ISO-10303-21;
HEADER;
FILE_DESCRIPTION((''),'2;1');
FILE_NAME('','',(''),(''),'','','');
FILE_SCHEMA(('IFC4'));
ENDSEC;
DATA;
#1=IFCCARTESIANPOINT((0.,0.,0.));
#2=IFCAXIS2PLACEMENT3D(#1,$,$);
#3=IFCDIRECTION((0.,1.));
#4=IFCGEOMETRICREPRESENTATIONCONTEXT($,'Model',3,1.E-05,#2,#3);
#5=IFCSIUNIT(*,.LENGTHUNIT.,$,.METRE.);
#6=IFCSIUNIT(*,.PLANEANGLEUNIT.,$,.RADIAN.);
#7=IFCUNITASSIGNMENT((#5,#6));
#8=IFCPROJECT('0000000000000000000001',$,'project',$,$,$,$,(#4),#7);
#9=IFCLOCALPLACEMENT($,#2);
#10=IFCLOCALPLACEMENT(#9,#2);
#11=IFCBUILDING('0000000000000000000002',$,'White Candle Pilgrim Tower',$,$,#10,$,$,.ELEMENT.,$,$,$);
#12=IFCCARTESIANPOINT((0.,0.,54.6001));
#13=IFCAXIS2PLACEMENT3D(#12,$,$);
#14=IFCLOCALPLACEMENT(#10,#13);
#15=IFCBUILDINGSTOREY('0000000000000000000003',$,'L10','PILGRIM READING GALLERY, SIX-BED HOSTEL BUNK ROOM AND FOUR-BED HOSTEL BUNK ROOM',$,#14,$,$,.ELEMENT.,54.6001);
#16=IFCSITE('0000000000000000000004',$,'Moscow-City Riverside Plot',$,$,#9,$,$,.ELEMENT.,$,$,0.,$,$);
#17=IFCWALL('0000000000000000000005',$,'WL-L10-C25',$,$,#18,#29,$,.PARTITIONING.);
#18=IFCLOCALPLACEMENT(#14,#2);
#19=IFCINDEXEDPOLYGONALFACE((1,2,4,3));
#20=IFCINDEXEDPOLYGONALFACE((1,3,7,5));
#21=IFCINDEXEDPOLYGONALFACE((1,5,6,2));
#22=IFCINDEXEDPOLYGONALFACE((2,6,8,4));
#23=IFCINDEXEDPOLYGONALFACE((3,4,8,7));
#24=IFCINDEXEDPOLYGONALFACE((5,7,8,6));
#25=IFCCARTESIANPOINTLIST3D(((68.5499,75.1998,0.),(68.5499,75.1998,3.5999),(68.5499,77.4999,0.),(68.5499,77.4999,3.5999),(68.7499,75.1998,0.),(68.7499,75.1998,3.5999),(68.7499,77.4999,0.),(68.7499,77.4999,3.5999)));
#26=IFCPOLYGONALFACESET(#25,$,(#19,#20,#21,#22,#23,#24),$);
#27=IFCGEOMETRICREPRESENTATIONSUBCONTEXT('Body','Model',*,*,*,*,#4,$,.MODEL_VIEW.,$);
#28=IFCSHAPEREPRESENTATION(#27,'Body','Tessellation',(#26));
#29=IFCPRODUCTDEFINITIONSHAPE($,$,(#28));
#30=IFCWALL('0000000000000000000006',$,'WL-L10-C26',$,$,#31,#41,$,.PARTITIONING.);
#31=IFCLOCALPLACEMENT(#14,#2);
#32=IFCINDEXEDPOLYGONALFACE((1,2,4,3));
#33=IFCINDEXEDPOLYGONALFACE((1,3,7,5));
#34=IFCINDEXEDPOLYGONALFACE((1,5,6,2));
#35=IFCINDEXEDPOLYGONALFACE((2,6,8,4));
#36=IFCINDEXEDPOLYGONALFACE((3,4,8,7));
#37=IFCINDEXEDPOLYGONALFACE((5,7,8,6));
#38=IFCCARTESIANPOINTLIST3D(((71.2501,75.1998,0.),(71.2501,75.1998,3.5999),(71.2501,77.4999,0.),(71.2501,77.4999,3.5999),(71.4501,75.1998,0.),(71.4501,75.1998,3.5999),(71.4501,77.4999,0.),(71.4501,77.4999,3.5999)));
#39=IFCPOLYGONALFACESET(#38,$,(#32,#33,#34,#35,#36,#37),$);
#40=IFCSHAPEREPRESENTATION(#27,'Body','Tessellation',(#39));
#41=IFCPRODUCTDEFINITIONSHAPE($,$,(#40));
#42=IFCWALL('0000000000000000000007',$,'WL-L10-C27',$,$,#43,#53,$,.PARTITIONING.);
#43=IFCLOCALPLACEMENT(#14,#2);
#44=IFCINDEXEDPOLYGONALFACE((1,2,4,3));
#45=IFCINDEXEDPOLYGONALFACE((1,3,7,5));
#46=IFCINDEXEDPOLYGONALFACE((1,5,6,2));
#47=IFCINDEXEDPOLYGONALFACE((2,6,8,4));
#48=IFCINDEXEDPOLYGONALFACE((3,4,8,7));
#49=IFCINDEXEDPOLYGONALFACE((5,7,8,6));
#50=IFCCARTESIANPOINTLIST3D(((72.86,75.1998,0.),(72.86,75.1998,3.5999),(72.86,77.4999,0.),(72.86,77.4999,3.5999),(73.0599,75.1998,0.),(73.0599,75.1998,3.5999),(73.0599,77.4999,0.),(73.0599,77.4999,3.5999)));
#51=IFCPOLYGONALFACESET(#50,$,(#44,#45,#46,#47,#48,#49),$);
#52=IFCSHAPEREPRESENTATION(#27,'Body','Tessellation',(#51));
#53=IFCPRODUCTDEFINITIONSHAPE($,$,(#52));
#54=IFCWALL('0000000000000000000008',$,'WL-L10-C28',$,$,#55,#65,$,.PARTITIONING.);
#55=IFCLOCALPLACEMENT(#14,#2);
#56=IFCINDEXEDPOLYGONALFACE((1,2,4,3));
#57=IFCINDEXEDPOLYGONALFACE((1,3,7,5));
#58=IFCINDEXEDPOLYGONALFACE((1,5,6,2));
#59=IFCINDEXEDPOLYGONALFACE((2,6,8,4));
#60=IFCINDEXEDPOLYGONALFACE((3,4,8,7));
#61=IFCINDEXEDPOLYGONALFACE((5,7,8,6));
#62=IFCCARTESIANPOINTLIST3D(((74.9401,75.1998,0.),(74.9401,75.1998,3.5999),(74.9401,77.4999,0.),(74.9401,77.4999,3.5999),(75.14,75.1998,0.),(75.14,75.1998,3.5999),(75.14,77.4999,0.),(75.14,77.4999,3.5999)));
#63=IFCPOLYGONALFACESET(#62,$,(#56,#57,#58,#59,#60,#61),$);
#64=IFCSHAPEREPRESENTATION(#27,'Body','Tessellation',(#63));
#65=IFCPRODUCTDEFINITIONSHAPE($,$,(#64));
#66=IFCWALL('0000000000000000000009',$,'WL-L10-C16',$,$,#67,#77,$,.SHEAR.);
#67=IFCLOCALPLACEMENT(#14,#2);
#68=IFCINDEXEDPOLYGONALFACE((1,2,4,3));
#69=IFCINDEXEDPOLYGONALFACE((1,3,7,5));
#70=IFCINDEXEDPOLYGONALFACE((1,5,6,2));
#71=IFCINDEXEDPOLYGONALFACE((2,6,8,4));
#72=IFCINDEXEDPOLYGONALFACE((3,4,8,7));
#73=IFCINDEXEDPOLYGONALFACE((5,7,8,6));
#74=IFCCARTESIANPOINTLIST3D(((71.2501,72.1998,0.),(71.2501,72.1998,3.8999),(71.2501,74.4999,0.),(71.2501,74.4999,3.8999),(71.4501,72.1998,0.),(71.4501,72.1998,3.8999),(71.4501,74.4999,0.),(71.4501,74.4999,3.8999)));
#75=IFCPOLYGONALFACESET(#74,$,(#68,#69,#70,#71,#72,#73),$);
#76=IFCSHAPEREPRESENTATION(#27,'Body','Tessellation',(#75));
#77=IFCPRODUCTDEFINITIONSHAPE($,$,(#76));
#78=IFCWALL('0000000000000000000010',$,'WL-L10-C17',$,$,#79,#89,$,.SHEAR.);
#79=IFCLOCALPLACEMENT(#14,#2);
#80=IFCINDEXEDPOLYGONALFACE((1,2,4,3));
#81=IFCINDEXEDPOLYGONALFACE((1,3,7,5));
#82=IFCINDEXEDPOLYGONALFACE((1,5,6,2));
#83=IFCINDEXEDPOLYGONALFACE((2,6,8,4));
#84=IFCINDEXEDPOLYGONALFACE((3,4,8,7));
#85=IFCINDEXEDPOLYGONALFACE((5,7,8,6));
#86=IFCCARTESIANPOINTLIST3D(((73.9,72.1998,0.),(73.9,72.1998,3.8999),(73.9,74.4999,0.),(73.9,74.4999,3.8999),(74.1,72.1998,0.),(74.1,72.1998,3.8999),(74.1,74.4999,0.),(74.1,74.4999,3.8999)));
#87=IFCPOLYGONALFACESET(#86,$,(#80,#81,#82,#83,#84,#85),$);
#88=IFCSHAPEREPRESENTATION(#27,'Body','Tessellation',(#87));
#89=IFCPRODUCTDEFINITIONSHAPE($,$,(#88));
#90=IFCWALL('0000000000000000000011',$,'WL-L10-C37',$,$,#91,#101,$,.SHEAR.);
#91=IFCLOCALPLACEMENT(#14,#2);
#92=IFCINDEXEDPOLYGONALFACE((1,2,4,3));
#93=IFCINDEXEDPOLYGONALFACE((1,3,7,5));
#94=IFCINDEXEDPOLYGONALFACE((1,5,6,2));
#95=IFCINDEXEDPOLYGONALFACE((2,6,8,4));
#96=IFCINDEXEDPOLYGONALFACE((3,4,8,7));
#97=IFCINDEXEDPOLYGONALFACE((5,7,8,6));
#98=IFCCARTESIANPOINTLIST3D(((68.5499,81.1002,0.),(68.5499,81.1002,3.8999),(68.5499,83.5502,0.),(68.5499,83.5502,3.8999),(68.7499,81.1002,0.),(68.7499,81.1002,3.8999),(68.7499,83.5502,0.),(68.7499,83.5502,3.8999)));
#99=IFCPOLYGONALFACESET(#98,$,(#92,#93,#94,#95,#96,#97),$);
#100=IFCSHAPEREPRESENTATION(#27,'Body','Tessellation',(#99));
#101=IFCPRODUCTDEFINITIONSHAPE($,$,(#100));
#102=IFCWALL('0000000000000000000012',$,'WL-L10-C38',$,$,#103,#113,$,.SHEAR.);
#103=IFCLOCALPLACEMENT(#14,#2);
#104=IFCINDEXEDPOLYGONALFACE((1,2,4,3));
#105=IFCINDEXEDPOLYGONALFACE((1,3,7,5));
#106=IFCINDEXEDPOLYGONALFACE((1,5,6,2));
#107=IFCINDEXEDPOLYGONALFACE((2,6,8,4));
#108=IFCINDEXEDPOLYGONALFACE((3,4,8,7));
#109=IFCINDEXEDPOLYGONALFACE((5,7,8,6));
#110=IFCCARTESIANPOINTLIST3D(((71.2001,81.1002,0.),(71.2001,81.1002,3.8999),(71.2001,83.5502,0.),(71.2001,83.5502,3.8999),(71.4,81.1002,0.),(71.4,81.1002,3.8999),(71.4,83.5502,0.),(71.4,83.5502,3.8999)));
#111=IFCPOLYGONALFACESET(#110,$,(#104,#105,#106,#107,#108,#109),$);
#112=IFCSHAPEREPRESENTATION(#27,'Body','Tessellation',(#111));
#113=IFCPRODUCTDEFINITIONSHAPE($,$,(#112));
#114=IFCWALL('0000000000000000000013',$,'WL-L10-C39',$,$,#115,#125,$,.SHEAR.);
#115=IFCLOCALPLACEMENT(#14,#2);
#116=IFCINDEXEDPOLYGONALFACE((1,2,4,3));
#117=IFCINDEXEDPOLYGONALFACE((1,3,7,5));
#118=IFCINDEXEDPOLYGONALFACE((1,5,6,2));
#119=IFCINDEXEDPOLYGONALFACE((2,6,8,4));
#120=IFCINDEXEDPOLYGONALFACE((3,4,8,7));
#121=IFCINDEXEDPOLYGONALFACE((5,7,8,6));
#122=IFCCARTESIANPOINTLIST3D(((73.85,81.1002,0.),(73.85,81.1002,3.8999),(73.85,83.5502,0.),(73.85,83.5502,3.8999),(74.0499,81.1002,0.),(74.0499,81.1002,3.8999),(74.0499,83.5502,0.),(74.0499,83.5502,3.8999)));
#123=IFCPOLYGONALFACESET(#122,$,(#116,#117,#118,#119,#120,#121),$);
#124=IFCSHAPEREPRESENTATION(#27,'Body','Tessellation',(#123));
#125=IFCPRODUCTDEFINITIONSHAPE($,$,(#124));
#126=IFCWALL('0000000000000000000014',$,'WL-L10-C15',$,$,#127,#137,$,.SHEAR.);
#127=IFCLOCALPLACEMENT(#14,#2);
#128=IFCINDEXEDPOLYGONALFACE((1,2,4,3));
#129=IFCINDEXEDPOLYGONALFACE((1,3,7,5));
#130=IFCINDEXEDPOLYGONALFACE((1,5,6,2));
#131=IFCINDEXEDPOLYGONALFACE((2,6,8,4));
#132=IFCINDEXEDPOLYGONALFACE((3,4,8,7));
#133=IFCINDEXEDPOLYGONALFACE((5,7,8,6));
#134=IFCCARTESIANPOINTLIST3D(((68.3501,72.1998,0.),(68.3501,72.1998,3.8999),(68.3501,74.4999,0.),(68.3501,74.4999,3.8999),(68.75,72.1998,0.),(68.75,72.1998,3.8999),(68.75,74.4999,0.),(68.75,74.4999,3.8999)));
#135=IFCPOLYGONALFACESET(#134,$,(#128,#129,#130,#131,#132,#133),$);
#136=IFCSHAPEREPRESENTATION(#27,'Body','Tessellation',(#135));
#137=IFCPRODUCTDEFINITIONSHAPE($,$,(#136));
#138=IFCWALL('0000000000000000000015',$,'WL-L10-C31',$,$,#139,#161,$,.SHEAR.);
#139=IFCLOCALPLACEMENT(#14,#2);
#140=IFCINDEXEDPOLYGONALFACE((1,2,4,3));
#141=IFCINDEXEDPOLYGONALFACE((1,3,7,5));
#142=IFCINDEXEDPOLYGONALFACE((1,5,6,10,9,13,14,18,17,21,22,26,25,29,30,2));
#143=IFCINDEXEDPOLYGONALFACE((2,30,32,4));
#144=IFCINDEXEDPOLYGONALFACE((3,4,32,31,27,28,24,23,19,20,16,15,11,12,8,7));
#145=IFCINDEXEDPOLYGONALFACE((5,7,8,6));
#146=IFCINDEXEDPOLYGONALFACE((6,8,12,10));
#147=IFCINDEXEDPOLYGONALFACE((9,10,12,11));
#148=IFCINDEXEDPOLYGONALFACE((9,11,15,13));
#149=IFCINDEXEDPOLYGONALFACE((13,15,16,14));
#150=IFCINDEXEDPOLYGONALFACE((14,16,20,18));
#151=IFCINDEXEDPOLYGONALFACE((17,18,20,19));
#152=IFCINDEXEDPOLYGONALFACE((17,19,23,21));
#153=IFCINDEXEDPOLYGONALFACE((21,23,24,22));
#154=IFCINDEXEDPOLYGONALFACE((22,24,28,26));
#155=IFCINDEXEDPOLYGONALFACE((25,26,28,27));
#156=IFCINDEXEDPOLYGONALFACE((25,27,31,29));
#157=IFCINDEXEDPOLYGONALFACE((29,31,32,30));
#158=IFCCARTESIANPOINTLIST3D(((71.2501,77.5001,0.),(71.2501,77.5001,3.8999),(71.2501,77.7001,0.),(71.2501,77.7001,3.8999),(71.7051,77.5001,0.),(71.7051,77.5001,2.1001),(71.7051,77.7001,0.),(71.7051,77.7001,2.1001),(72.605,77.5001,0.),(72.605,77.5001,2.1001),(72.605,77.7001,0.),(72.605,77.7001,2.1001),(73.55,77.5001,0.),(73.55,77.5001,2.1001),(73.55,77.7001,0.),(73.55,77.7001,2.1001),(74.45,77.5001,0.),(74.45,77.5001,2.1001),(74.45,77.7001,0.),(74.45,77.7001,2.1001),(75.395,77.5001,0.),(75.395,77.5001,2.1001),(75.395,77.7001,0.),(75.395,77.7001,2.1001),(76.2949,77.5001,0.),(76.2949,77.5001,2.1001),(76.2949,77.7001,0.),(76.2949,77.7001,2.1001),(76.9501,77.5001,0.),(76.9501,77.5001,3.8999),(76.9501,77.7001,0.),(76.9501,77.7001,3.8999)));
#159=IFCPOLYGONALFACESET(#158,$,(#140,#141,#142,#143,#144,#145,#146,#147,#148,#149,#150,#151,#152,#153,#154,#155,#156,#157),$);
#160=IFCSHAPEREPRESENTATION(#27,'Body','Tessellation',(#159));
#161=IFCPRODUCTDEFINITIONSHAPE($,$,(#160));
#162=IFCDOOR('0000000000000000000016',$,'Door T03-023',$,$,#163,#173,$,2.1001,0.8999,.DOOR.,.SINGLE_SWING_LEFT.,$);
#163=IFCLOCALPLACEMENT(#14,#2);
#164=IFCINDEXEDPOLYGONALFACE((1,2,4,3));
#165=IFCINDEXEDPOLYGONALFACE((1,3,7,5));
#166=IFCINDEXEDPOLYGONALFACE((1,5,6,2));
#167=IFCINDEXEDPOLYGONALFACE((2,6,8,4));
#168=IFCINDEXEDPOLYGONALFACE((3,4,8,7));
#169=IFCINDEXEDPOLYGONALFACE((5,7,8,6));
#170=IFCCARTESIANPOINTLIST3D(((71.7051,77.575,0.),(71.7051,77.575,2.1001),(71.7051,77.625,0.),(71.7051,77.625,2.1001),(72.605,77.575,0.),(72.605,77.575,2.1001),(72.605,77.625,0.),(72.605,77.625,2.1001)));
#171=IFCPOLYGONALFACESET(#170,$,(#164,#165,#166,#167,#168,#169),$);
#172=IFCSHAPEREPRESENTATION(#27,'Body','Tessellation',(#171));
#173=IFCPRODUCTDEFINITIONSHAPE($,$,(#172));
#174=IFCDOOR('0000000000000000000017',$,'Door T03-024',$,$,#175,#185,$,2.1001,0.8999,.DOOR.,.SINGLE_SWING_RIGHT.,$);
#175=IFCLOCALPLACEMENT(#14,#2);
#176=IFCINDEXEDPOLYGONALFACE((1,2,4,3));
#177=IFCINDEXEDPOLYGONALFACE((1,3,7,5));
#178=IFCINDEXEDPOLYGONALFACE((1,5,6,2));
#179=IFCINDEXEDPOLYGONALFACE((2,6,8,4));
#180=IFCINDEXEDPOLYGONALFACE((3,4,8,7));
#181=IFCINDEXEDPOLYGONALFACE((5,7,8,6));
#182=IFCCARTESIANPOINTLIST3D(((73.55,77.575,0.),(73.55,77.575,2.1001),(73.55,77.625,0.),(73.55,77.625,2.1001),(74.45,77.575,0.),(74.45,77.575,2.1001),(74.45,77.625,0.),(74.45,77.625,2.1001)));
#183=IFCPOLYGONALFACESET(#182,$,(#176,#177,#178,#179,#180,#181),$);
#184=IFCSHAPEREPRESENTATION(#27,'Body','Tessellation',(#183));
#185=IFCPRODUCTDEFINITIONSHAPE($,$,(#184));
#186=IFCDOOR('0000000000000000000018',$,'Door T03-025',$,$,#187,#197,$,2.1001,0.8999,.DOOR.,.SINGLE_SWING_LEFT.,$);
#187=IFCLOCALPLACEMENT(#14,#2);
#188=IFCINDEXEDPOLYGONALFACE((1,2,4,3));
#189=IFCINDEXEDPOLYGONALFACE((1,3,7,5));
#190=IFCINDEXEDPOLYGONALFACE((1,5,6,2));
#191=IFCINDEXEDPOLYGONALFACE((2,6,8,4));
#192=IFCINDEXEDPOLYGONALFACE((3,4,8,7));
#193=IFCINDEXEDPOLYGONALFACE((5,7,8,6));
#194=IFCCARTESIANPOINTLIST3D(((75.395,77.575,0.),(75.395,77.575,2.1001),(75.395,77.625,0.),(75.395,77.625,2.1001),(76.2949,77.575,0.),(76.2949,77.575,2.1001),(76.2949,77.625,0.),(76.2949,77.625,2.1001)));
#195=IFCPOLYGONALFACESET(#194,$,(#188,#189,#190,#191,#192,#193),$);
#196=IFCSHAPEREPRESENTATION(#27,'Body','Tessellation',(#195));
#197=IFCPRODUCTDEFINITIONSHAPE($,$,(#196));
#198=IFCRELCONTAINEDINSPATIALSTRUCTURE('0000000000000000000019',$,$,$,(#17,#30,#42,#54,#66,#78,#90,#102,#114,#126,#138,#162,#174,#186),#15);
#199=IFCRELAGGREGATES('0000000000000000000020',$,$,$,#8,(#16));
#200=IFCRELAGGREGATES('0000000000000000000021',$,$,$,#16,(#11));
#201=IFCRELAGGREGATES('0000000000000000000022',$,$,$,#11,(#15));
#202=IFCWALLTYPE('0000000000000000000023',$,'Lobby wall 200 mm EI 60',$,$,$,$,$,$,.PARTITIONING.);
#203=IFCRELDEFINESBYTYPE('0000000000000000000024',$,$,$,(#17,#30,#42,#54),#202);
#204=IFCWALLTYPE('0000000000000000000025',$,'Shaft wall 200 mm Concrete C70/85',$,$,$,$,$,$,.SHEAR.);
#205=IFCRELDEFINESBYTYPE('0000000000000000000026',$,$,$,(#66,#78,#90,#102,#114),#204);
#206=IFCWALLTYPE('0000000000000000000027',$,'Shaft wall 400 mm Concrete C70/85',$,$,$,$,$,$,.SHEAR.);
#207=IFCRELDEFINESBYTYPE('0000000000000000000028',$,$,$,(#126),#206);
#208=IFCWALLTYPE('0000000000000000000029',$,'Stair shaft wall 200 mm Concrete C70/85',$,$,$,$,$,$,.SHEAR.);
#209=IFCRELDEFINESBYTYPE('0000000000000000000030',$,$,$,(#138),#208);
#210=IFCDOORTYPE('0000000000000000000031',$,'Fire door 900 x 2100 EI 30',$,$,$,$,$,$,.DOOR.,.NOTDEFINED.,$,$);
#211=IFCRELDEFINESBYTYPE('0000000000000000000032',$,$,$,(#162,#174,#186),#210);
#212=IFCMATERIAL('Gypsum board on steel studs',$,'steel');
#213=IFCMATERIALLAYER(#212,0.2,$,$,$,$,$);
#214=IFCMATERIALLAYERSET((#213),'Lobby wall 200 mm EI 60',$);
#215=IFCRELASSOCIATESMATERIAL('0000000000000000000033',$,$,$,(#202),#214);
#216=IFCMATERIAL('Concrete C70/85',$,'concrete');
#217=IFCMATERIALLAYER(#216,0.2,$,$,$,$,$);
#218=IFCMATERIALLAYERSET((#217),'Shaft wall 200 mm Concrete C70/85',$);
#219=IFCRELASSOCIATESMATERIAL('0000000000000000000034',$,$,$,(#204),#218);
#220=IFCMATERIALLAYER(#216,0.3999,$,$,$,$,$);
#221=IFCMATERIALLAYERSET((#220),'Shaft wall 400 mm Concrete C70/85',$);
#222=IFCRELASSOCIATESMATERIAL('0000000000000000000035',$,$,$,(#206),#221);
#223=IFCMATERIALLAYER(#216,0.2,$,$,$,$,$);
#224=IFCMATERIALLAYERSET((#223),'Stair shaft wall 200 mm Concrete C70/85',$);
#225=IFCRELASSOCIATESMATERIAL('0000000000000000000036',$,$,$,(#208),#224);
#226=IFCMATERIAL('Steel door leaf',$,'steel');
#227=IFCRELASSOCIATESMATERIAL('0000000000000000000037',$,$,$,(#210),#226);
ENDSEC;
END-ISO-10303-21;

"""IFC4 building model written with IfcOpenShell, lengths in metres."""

from ifc_helpers import new_model, si_unit, direction, frame, frame_2d, origin, place, context, subcontext, project, spatial, rectangle, extrude, material, layer, layer_set, type_object, element, fill, save


model = new_model("IFC4")

# Units and contexts
model_context = context("Model", 3, precision=1e-05, world=origin(), true_north=direction((0.0, 1.0)))
body_context = subcontext(model_context, "Body", "Model", "MODEL_VIEW")
ifc_project = project(units=[si_unit("LENGTHUNIT", "METRE"), si_unit("PLANEANGLEUNIT", "RADIAN")], contexts=[model_context])

# Site, building, storey
site_placement = place(None, origin())
site = spatial("IfcSite", under=ifc_project, at=site_placement, Name="Moscow-City Riverside Plot", CompositionType="ELEMENT", RefElevation=0.0)
building_placement = place(site_placement, origin())
building = spatial("IfcBuilding", under=site, at=building_placement, Name="White Candle Pilgrim Tower", CompositionType="ELEMENT")
storey_placement = place(building_placement, frame((0.0, 0.0, 54.6001)))
storey = spatial("IfcBuildingStorey", under=building, at=storey_placement, Name="L10", Description="PILGRIM READING GALLERY, SIX-BED HOSTEL BUNK ROOM AND FOUR-BED HOSTEL BUNK ROOM", CompositionType="ELEMENT", Elevation=54.6001)

# Walls
ifc_material_1 = material(Name="Gypsum board on steel studs", Category="steel")
ifc_layer_1 = layer(ifc_material_1, 0.2)
ifc_layer_set_1 = layer_set([ifc_layer_1], Name="Lobby wall 200 mm EI 60")
wall_type_1 = type_object("IfcWallType", Name="Lobby wall 200 mm EI 60", PredefinedType="PARTITIONING", material=ifc_layer_set_1)
for number, where, z_axis, x_axis, name in (
    (1, (68.6499, 75.2, 0.0), (0.0, 0.0, 1.0), (0.0, 1.0, 0.0), "WL-L10-C25"),
    (2, (71.3501, 75.2, 0.0), (0.0, 0.0, 1.0), (0.0, 1.0, 0.0), "WL-L10-C26"),
    (3, (72.96, 75.2, 0.0), (0.0, 0.0, 1.0), (0.0, 1.0, 0.0), "WL-L10-C27"),
    (4, (75.04, 75.2, 0.0), (0.0, 0.0, 1.0), (0.0, 1.0, 0.0), "WL-L10-C28"),
):
    element("IfcWall", number, at=place(storey_placement, frame(where, z_axis=z_axis, x_axis=x_axis)), inside=storey, type_object=wall_type_1, Name=name, PredefinedType="PARTITIONING", context=body_context, shape_type="SweptSolid", body=[
        extrude(rectangle(XDim=2.3, YDim=0.2, at=frame_2d((1.1499, 0.0))), origin(), (0.0, 0.0, 1.0), 3.5999),
    ])
ifc_material_2 = material(Name="Concrete C70/85", Category="concrete")
ifc_layer_2 = layer(ifc_material_2, 0.2)
ifc_layer_set_2 = layer_set([ifc_layer_2], Name="Shaft wall 200 mm Concrete C70/85")
wall_type_2 = type_object("IfcWallType", Name="Shaft wall 200 mm Concrete C70/85", PredefinedType="SHEAR", material=ifc_layer_set_2)
for number, where, z_axis, x_axis, name in (
    (5, (71.3501, 72.2, 0.0), (0.0, 0.0, 1.0), (0.0, 1.0, 0.0), "WL-L10-C16"),
    (6, (74.0, 72.2, 0.0), (0.0, 0.0, 1.0), (0.0, 1.0, 0.0), "WL-L10-C17"),
):
    element("IfcWall", number, at=place(storey_placement, frame(where, z_axis=z_axis, x_axis=x_axis)), inside=storey, type_object=wall_type_2, Name=name, PredefinedType="SHEAR", context=body_context, shape_type="SweptSolid", body=[
        extrude(rectangle(XDim=2.3, YDim=0.2, at=frame_2d((1.1499, 0.0))), origin(), (0.0, 0.0, 1.0), 3.8999),
    ])
for number, where, z_axis, x_axis, name in (
    (7, (68.6499, 81.1001, 0.0), (0.0, 0.0, 1.0), (0.0, 1.0, 0.0), "WL-L10-C37"),
    (8, (71.3, 81.1001, 0.0), (0.0, 0.0, 1.0), (0.0, 1.0, 0.0), "WL-L10-C38"),
    (9, (73.95, 81.1001, 0.0), (0.0, 0.0, 1.0), (0.0, 1.0, 0.0), "WL-L10-C39"),
):
    element("IfcWall", number, at=place(storey_placement, frame(where, z_axis=z_axis, x_axis=x_axis)), inside=storey, type_object=wall_type_2, Name=name, PredefinedType="SHEAR", context=body_context, shape_type="SweptSolid", body=[
        extrude(rectangle(XDim=2.45, YDim=0.2, at=frame_2d((1.2251, 0.0))), origin(), (0.0, 0.0, 1.0), 3.8999),
    ])
ifc_layer_3 = layer(ifc_material_2, 0.3999)
ifc_layer_set_3 = layer_set([ifc_layer_3], Name="Shaft wall 400 mm Concrete C70/85")
wall_type_3 = type_object("IfcWallType", Name="Shaft wall 400 mm Concrete C70/85", PredefinedType="SHEAR", material=ifc_layer_set_3)
wall_1_placement = place(storey_placement, frame((68.55, 72.2, 0.0), z_axis=(0.0, 0.0, 1.0), x_axis=(0.0, 1.0, 0.0)))
element("IfcWall", 10, at=wall_1_placement, inside=storey, type_object=wall_type_3, Name="WL-L10-C15", PredefinedType="SHEAR", context=body_context, shape_type="SweptSolid", body=[
    extrude(rectangle(XDim=2.3, YDim=0.3999, at=frame_2d((1.1499, 0.0))), origin(), (0.0, 0.0, 1.0), 3.8999),
])

# Wall, openings, doors
ifc_layer_4 = layer(ifc_material_2, 0.2)
ifc_layer_set_4 = layer_set([ifc_layer_4], Name="Stair shaft wall 200 mm Concrete C70/85")
wall_type_4 = type_object("IfcWallType", Name="Stair shaft wall 200 mm Concrete C70/85", PredefinedType="SHEAR", material=ifc_layer_set_4)
wall_2_placement = place(storey_placement, frame((71.25, 77.6001, 0.0), z_axis=(0.0, 0.0, 1.0), x_axis=(1.0, 0.0, 0.0)))
wall_2 = element("IfcWall", 11, at=wall_2_placement, inside=storey, type_object=wall_type_4, Name="WL-L10-C31", PredefinedType="SHEAR", context=body_context, shape_type="SweptSolid", body=[
    extrude(rectangle(XDim=5.7, YDim=0.2, at=frame_2d((2.8501, 0.0))), origin(), (0.0, 0.0, 1.0), 3.8999),
])
opening_1_placement = place(wall_2_placement, frame((0.4551, 0.0, 0.0)))
opening_1 = element("IfcOpeningElement", 12, at=opening_1_placement, cuts=wall_2, PredefinedType="OPENING", context=body_context, shape_type="SweptSolid", body=[
    extrude(rectangle(XDim=0.8999, YDim=2.1001, at=frame_2d((0.45, 1.05))), frame((0.0, 0.1099, 0.0), z_axis=(0.0, -1.0, 0.0), x_axis=(1.0, 0.0, 0.0)), (0.0, 0.0, 1.0), 0.22),
])
opening_2_placement = place(wall_2_placement, frame((2.3, 0.0, 0.0)))
opening_2 = element("IfcOpeningElement", 13, at=opening_2_placement, cuts=wall_2, PredefinedType="OPENING", context=body_context, shape_type="SweptSolid", body=[
    extrude(rectangle(XDim=0.8999, YDim=2.1001, at=frame_2d((0.45, 1.05))), frame((0.0, 0.1099, 0.0), z_axis=(0.0, -1.0, 0.0), x_axis=(1.0, 0.0, 0.0)), (0.0, 0.0, 1.0), 0.22),
])
opening_3_placement = place(wall_2_placement, frame((4.145, 0.0, 0.0)))
opening_3 = element("IfcOpeningElement", 14, at=opening_3_placement, cuts=wall_2, PredefinedType="OPENING", context=body_context, shape_type="SweptSolid", body=[
    extrude(rectangle(XDim=0.8999, YDim=2.1001, at=frame_2d((0.45, 1.05))), frame((0.0, 0.1099, 0.0), z_axis=(0.0, -1.0, 0.0), x_axis=(1.0, 0.0, 0.0)), (0.0, 0.0, 1.0), 0.22),
])
ifc_material_3 = material(Name="Steel door leaf", Category="steel")
door_type = type_object("IfcDoorType", Name="Fire door 900 x 2100 EI 30", OperationType="NOTDEFINED", PredefinedType="DOOR", material=ifc_material_3)
door_1_placement = place(opening_1_placement, origin())
door_1 = element("IfcDoor", 15, at=door_1_placement, inside=storey, type_object=door_type, Name="Door T03-023", OperationType="SINGLE_SWING_LEFT", OverallHeight=2.1001, OverallWidth=0.8999, PredefinedType="DOOR", context=body_context, shape_type="SweptSolid", body=[
    extrude(rectangle(XDim=0.8999, YDim=2.1001, at=frame_2d((0.45, 1.05))), frame((0.0, 0.0249, 0.0), z_axis=(0.0, -1.0, 0.0), x_axis=(1.0, 0.0, 0.0)), (0.0, 0.0, 1.0), 0.05),
])
fill(opening_1, door_1)
door_2_placement = place(opening_2_placement, origin())
door_2 = element("IfcDoor", 16, at=door_2_placement, inside=storey, type_object=door_type, Name="Door T03-024", OperationType="SINGLE_SWING_RIGHT", OverallHeight=2.1001, OverallWidth=0.8999, PredefinedType="DOOR", context=body_context, shape_type="SweptSolid", body=[
    extrude(rectangle(XDim=0.8999, YDim=2.1001, at=frame_2d((0.45, 1.05))), frame((0.0, 0.0249, 0.0), z_axis=(0.0, -1.0, 0.0), x_axis=(1.0, 0.0, 0.0)), (0.0, 0.0, 1.0), 0.05),
])
fill(opening_2, door_2)
door_3_placement = place(opening_3_placement, origin())
door_3 = element("IfcDoor", 17, at=door_3_placement, inside=storey, type_object=door_type, Name="Door T03-025", OperationType="SINGLE_SWING_LEFT", OverallHeight=2.1001, OverallWidth=0.8999, PredefinedType="DOOR", context=body_context, shape_type="SweptSolid", body=[
    extrude(rectangle(XDim=0.8999, YDim=2.1001, at=frame_2d((0.45, 1.05))), frame((0.0, 0.0249, 0.0), z_axis=(0.0, -1.0, 0.0), x_axis=(1.0, 0.0, 0.0)), (0.0, 0.0, 1.0), 0.05),
])
fill(opening_3, door_3)

save(model, "model.ifc")
